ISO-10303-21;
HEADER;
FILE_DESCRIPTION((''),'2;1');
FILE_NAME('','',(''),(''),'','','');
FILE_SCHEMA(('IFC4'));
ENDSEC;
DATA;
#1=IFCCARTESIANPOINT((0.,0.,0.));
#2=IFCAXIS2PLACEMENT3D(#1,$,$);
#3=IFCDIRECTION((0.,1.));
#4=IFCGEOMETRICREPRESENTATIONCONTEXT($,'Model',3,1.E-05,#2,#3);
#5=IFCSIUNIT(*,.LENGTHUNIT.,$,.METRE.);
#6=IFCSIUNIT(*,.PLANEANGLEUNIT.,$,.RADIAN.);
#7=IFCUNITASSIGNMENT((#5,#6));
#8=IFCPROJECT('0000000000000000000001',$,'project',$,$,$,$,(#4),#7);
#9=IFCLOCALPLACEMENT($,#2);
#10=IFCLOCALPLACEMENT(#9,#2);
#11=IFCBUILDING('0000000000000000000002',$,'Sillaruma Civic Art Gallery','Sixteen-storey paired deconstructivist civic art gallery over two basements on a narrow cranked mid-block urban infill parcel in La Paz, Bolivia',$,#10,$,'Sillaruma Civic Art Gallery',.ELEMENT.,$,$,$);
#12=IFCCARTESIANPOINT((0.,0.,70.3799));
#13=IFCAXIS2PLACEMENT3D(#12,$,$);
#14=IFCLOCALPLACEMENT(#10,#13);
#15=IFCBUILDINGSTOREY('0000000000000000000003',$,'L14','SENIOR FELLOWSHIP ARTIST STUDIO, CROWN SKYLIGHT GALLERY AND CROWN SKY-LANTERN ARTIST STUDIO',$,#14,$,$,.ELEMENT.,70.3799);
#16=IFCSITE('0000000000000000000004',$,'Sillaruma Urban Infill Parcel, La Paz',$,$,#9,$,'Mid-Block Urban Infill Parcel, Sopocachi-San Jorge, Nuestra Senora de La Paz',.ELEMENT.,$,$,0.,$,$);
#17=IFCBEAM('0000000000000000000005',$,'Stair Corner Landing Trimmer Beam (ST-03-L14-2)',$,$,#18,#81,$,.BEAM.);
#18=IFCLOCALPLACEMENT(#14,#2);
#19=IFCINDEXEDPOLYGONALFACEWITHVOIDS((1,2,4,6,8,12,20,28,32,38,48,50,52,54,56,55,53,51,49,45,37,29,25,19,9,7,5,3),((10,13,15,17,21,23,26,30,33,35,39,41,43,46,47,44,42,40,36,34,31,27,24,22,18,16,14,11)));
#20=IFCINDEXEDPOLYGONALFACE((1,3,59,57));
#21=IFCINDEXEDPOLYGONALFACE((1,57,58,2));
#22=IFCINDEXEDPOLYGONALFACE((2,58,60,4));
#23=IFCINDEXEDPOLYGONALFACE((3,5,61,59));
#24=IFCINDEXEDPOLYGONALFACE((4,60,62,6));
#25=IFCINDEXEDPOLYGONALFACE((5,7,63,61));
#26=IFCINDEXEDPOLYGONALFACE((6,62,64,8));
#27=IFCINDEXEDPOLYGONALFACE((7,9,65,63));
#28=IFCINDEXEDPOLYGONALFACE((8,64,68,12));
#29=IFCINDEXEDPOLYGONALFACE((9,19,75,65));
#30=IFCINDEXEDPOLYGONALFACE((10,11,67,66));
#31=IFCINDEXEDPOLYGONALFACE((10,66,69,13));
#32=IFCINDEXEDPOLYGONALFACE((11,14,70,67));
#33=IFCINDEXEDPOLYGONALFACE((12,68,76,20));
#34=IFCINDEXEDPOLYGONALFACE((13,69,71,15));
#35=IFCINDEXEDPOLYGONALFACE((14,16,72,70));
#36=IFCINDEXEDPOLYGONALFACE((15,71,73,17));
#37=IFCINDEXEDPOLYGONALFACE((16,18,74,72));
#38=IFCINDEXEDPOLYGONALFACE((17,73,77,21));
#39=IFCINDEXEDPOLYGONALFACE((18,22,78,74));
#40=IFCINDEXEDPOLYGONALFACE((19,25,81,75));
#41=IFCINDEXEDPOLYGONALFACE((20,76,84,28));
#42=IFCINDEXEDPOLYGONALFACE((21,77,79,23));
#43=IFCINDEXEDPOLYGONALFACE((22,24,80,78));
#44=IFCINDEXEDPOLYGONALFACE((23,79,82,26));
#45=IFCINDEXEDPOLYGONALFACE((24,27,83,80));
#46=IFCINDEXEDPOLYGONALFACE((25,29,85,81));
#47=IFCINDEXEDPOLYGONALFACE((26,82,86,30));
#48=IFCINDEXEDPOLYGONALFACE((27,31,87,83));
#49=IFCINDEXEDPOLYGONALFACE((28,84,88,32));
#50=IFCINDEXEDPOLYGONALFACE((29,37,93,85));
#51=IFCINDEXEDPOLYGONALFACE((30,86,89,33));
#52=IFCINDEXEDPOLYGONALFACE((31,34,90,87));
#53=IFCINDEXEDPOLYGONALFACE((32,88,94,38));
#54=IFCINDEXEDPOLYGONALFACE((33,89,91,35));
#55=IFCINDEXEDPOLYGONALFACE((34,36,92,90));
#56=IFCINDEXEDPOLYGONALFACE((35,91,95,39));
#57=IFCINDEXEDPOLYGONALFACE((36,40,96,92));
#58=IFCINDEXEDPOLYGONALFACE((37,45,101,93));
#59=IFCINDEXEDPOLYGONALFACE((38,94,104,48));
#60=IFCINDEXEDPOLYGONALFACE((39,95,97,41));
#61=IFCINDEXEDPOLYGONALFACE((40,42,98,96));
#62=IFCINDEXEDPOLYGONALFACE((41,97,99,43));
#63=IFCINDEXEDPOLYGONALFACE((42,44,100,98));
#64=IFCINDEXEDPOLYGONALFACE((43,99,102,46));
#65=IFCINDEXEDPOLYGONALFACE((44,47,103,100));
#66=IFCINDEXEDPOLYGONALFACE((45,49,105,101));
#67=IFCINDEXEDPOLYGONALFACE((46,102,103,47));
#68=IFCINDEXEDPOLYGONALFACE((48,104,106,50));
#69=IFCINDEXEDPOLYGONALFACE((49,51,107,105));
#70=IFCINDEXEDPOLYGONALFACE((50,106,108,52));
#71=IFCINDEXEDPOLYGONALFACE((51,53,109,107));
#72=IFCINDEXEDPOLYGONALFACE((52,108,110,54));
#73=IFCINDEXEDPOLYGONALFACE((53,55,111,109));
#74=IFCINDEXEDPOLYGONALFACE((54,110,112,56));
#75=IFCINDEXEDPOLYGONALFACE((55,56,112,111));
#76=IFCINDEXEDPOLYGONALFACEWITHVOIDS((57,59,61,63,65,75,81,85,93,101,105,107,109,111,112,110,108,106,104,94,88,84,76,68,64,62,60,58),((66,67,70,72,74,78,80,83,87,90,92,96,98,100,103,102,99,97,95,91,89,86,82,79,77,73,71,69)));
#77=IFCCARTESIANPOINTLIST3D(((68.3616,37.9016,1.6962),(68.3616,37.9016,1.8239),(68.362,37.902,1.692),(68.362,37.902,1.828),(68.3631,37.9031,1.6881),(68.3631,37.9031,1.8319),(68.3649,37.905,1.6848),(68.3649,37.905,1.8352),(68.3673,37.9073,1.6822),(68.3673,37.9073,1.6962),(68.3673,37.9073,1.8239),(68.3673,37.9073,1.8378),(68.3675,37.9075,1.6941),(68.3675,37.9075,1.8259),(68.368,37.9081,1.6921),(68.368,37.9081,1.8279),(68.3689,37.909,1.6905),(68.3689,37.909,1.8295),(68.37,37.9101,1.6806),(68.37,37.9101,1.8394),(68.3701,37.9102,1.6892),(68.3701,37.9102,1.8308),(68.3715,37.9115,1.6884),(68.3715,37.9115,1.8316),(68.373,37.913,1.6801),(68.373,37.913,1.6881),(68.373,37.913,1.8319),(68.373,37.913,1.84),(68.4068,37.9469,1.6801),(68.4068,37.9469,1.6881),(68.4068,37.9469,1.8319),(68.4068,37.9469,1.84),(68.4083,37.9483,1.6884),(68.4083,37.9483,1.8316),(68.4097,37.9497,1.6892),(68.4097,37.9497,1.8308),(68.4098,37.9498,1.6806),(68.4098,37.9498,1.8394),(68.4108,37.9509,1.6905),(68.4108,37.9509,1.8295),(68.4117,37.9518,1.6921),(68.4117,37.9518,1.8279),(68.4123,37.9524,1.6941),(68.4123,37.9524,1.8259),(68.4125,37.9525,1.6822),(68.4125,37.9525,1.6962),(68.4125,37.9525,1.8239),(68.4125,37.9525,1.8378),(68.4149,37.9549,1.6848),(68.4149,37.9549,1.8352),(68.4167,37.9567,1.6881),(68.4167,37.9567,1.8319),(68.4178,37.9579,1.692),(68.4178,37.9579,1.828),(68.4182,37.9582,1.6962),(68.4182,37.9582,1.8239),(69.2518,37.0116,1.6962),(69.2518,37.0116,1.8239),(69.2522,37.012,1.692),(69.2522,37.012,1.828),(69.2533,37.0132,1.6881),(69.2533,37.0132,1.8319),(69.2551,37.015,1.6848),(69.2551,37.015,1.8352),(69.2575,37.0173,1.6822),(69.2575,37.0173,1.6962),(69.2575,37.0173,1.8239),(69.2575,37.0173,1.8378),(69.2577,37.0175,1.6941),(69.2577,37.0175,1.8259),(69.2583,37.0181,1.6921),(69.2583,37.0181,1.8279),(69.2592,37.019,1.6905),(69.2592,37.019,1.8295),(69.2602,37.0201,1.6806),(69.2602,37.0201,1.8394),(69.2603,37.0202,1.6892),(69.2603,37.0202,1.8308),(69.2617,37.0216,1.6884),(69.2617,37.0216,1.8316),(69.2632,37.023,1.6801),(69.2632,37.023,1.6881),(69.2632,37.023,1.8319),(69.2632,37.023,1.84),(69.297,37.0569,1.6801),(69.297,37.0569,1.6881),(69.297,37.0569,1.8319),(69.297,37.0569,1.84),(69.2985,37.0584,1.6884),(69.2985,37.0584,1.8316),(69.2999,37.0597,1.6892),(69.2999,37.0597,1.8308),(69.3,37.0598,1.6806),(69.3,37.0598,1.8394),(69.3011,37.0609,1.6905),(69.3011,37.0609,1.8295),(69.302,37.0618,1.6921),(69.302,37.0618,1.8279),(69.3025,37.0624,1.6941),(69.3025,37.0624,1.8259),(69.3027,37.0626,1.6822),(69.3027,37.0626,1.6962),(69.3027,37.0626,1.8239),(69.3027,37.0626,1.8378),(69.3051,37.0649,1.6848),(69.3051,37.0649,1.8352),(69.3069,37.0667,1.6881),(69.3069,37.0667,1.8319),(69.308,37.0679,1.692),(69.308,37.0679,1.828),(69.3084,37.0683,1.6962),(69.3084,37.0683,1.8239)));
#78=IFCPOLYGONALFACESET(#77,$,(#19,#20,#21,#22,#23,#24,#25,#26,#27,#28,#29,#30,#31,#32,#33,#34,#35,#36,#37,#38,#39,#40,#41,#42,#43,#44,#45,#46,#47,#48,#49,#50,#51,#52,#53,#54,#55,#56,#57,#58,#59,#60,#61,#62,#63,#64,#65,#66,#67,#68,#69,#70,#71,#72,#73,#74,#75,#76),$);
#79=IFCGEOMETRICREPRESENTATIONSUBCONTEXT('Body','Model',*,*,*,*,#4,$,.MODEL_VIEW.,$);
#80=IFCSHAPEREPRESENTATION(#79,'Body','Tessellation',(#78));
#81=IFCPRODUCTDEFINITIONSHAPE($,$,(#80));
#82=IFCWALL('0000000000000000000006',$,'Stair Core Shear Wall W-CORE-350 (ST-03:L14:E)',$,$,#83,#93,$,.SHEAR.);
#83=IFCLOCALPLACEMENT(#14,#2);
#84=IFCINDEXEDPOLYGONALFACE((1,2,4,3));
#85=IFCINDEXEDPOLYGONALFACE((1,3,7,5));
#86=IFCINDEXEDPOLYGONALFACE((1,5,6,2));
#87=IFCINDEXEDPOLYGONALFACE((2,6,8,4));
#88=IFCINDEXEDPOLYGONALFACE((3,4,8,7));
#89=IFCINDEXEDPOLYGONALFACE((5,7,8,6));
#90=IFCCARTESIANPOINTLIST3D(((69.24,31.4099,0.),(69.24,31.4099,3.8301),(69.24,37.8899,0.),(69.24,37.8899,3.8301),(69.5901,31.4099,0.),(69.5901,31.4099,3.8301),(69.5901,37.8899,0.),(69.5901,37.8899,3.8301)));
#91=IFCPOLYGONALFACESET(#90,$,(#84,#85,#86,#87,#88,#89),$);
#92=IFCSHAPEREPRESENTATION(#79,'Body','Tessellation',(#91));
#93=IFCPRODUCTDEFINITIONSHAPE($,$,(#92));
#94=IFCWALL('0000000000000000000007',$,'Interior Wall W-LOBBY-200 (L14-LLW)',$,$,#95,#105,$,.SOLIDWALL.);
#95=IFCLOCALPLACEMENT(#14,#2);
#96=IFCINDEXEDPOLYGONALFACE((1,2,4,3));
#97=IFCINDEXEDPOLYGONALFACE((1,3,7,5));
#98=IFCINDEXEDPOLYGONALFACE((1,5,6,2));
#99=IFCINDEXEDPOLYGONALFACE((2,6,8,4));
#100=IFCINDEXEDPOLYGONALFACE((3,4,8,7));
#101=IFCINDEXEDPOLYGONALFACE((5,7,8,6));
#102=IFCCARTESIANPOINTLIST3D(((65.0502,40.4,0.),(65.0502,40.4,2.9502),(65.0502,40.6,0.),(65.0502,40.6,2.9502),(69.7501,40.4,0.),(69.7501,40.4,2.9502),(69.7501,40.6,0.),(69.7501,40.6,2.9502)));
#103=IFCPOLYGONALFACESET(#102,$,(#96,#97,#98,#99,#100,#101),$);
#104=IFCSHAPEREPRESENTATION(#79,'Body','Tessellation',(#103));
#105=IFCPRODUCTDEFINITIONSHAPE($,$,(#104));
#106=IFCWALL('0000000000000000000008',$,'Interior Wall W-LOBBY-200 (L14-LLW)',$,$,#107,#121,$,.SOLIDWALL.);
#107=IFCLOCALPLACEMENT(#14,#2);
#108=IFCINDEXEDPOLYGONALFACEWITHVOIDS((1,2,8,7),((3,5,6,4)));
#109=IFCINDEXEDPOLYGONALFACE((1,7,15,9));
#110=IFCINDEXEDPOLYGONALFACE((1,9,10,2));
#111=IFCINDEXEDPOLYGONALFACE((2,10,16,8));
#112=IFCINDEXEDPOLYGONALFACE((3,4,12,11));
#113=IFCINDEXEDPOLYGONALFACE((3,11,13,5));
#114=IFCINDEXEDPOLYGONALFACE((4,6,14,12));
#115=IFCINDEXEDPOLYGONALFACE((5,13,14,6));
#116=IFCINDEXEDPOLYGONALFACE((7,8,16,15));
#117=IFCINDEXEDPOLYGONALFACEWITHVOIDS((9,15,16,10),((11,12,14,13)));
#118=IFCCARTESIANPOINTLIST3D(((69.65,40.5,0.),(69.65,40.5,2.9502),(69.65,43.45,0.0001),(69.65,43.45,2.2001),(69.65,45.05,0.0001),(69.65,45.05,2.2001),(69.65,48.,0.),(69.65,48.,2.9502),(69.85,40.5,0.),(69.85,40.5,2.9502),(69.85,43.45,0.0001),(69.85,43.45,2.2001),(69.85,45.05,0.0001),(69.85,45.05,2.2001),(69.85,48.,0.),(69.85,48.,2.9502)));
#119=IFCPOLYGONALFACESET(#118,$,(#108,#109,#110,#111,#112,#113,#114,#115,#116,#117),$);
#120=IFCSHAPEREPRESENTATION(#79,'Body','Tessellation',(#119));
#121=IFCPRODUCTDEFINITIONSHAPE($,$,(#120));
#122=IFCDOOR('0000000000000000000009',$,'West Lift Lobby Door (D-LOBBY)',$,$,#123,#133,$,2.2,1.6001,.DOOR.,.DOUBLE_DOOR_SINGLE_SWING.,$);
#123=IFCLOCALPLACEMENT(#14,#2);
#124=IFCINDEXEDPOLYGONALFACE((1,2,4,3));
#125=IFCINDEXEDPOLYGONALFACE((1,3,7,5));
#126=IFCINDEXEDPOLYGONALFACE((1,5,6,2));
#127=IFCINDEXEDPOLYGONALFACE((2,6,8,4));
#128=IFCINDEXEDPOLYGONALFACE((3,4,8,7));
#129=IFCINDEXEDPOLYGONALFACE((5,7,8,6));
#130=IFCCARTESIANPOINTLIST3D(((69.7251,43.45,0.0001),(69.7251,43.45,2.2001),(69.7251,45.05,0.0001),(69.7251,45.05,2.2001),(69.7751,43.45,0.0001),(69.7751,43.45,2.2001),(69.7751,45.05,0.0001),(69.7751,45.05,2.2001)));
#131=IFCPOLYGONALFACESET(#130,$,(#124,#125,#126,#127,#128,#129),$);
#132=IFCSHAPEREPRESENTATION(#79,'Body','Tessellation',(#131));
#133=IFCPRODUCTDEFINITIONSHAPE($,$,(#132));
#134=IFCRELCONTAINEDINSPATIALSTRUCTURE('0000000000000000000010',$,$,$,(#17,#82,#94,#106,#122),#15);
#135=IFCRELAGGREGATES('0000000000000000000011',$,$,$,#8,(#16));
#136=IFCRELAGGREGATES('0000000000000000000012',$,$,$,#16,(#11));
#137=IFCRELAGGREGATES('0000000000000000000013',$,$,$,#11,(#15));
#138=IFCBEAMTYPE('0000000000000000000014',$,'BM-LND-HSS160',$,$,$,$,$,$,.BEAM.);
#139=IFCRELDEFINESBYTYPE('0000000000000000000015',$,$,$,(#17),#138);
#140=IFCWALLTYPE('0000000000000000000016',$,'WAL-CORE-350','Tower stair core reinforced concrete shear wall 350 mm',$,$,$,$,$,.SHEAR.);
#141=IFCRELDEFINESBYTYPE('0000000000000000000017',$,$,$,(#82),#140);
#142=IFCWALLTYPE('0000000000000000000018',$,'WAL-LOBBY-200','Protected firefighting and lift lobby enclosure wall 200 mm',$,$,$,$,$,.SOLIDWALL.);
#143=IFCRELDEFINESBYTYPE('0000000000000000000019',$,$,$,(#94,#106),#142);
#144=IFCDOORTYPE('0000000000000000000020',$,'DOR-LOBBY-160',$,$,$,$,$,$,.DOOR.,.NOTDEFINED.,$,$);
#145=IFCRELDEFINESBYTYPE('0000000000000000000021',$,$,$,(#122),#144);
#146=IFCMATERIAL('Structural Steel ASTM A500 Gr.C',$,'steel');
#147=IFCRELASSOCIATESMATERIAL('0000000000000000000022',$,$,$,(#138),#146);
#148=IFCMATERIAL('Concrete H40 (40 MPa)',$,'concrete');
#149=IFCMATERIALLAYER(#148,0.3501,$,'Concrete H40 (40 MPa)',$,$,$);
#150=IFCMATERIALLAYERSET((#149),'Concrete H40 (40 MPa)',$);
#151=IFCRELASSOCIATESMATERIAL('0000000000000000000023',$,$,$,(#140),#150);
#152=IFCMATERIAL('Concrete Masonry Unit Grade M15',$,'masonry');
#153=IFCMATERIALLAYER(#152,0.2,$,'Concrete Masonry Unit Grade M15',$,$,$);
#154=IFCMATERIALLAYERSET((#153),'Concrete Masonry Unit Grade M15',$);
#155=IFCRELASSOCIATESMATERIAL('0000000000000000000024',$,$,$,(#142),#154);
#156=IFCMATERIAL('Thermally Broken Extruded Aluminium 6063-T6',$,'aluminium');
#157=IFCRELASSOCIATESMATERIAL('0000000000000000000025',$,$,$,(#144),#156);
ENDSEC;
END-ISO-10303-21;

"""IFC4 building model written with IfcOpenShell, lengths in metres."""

from ifc_helpers import new_model, si_unit, direction, frame, frame_2d, origin, origin_2d, place, context, subcontext, project, spatial, rectangle, hollow_rectangle, extrude, material, layer, layer_set, material_profile, profile_set, type_object, element, fill, save


model = new_model("IFC4")

# Units and contexts
model_context = context("Model", 3, precision=1e-05, world=origin(), true_north=direction((0.0, 1.0)))
body_context = subcontext(model_context, "Body", "Model", "MODEL_VIEW")
ifc_project = project(units=[si_unit("LENGTHUNIT", "METRE"), si_unit("PLANEANGLEUNIT", "RADIAN")], contexts=[model_context])

# Site, building, storey
site_placement = place(None, origin())
site = spatial("IfcSite", under=ifc_project, at=site_placement, Name="Sillaruma Urban Infill Parcel, La Paz", LongName="Mid-Block Urban Infill Parcel, Sopocachi-San Jorge, Nuestra Senora de La Paz", CompositionType="ELEMENT", RefElevation=0.0)
building_placement = place(site_placement, origin())
building = spatial("IfcBuilding", under=site, at=building_placement, Name="Sillaruma Civic Art Gallery", Description="Sixteen-storey paired deconstructivist civic art gallery over two basements on a narrow cranked mid-block urban infill parcel in La Paz, Bolivia", LongName="Sillaruma Civic Art Gallery", CompositionType="ELEMENT")
storey_placement = place(building_placement, frame((0.0, 0.0, 70.3799)))
storey = spatial("IfcBuildingStorey", under=building, at=storey_placement, Name="L14", Description="SENIOR FELLOWSHIP ARTIST STUDIO, CROWN SKYLIGHT GALLERY AND CROWN SKY-LANTERN ARTIST STUDIO", CompositionType="ELEMENT", Elevation=70.3799)

# Shared definitions
ifc_material_1 = material(Name="Concrete H40 (40 MPa)", Category="concrete")

# Beam
ifc_material_2 = material(Name="Structural Steel ASTM A500 Gr.C", Category="steel")
ifc_material_profile_1 = material_profile(ifc_material_2, hollow_rectangle(XDim=0.0801, YDim=0.1599, WallThickness=0.0081, InnerFilletRadius=0.0081, OuterFilletRadius=0.0161, at=origin_2d()), Name="HSS160x80x8")
ifc_profile_set_1 = profile_set([ifc_material_profile_1], Name="Structural Steel ASTM A500 Gr.C")
beam_type_1 = type_object("IfcBeamType", Name="BM-LND-HSS160", PredefinedType="BEAM", material=ifc_profile_set_1)
for number, where, z_axis, x_axis, name in (
    (1, (68.3899, 37.9299, 1.76), (0.707204, -0.70701, 0.0), (0.70701, 0.707204, 0.0), "Stair Corner Landing Trimmer Beam (ST-03-L14-2)"),
):
    element("IfcBeam", number, at=place(storey_placement, frame(where, z_axis=z_axis, x_axis=x_axis)), inside=storey, type_object=beam_type_1, Name=name, PredefinedType="BEAM", context=body_context, shape_type="SweptSolid", body=[
        extrude(hollow_rectangle(XDim=0.0801, YDim=0.1599, WallThickness=0.0081, InnerFilletRadius=0.0081, OuterFilletRadius=0.0161, at=origin_2d()), origin(), (0.0, 0.0, 1.0), 1.2588),
    ])

# Walls
ifc_layer_1 = layer(ifc_material_1, 0.3501, Name="Concrete H40 (40 MPa)")
ifc_layer_set_1 = layer_set([ifc_layer_1], Name="Concrete H40 (40 MPa)")
wall_type_1 = type_object("IfcWallType", Name="WAL-CORE-350", Description="Tower stair core reinforced concrete shear wall 350 mm", PredefinedType="SHEAR", material=ifc_layer_set_1)
wall_1_placement = place(storey_placement, frame((69.415, 31.4099, 0.0), z_axis=(0.0, 0.0, 1.0), x_axis=(0.0, 1.0, 0.0)))
element("IfcWall", 2, at=wall_1_placement, inside=storey, type_object=wall_type_1, Name="Stair Core Shear Wall W-CORE-350 (ST-03:L14:E)", PredefinedType="SHEAR", context=body_context, shape_type="SweptSolid", body=[
    extrude(rectangle(XDim=6.48, YDim=0.3501, at=frame_2d((3.24, 0.0))), origin(), (0.0, 0.0, 1.0), 3.8301),
])
ifc_material_3 = material(Name="Concrete Masonry Unit Grade M15", Category="masonry")
ifc_layer_2 = layer(ifc_material_3, 0.2, Name="Concrete Masonry Unit Grade M15")
ifc_layer_set_2 = layer_set([ifc_layer_2], Name="Concrete Masonry Unit Grade M15")
wall_type_2 = type_object("IfcWallType", Name="WAL-LOBBY-200", Description="Protected firefighting and lift lobby enclosure wall 200 mm", PredefinedType="SOLIDWALL", material=ifc_layer_set_2)
wall_2_placement = place(storey_placement, frame((65.05, 40.5, 0.0), z_axis=(0.0, 0.0, 1.0), x_axis=(1.0, 0.0, 0.0)))
element("IfcWall", 3, at=wall_2_placement, inside=storey, type_object=wall_type_2, Name="Interior Wall W-LOBBY-200 (L14-LLW)", PredefinedType="SOLIDWALL", context=body_context, shape_type="SweptSolid", body=[
    extrude(rectangle(XDim=4.7, YDim=0.2, at=frame_2d((2.3501, 0.0))), origin(), (0.0, 0.0, 1.0), 2.9502),
])

# Wall, opening, door
wall_3_placement = place(storey_placement, frame((69.75, 40.5, 0.0), z_axis=(0.0, 0.0, 1.0), x_axis=(0.0, 1.0, 0.0)))
wall_3 = element("IfcWall", 4, at=wall_3_placement, inside=storey, type_object=wall_type_2, Name="Interior Wall W-LOBBY-200 (L14-LLW)", PredefinedType="SOLIDWALL", context=body_context, shape_type="SweptSolid", body=[
    extrude(rectangle(XDim=7.5, YDim=0.2, at=frame_2d((3.75, 0.0))), origin(), (0.0, 0.0, 1.0), 2.9502),
])
opening_placement = place(wall_3_placement, frame((2.95, 0.0, 0.0)))
opening = element("IfcOpeningElement", 5, at=opening_placement, cuts=wall_3, PredefinedType="OPENING", context=body_context, shape_type="SweptSolid", body=[
    extrude(rectangle(XDim=1.6001, YDim=2.2, at=frame_2d((0.8, 1.1001))), frame((0.0, 0.1099, 0.0), z_axis=(0.0, -1.0, 0.0), x_axis=(1.0, 0.0, 0.0)), (0.0, 0.0, 1.0), 0.22),
])
ifc_material_4 = material(Name="Thermally Broken Extruded Aluminium 6063-T6", Category="aluminium")
door_type = type_object("IfcDoorType", Name="DOR-LOBBY-160", OperationType="NOTDEFINED", PredefinedType="DOOR", material=ifc_material_4)
door_placement = place(opening_placement, origin())
door = element("IfcDoor", 6, at=door_placement, inside=storey, type_object=door_type, Name="West Lift Lobby Door (D-LOBBY)", OperationType="DOUBLE_DOOR_SINGLE_SWING", OverallHeight=2.2, OverallWidth=1.6001, PredefinedType="DOOR", context=body_context, shape_type="SweptSolid", body=[
    extrude(rectangle(XDim=1.6001, YDim=2.2, at=frame_2d((0.8, 1.1001))), frame((0.0, 0.0249, 0.0), z_axis=(0.0, -1.0, 0.0), x_axis=(1.0, 0.0, 0.0)), (0.0, 0.0, 1.0), 0.05),
])
fill(opening, door)

save(model, "model.ifc")
